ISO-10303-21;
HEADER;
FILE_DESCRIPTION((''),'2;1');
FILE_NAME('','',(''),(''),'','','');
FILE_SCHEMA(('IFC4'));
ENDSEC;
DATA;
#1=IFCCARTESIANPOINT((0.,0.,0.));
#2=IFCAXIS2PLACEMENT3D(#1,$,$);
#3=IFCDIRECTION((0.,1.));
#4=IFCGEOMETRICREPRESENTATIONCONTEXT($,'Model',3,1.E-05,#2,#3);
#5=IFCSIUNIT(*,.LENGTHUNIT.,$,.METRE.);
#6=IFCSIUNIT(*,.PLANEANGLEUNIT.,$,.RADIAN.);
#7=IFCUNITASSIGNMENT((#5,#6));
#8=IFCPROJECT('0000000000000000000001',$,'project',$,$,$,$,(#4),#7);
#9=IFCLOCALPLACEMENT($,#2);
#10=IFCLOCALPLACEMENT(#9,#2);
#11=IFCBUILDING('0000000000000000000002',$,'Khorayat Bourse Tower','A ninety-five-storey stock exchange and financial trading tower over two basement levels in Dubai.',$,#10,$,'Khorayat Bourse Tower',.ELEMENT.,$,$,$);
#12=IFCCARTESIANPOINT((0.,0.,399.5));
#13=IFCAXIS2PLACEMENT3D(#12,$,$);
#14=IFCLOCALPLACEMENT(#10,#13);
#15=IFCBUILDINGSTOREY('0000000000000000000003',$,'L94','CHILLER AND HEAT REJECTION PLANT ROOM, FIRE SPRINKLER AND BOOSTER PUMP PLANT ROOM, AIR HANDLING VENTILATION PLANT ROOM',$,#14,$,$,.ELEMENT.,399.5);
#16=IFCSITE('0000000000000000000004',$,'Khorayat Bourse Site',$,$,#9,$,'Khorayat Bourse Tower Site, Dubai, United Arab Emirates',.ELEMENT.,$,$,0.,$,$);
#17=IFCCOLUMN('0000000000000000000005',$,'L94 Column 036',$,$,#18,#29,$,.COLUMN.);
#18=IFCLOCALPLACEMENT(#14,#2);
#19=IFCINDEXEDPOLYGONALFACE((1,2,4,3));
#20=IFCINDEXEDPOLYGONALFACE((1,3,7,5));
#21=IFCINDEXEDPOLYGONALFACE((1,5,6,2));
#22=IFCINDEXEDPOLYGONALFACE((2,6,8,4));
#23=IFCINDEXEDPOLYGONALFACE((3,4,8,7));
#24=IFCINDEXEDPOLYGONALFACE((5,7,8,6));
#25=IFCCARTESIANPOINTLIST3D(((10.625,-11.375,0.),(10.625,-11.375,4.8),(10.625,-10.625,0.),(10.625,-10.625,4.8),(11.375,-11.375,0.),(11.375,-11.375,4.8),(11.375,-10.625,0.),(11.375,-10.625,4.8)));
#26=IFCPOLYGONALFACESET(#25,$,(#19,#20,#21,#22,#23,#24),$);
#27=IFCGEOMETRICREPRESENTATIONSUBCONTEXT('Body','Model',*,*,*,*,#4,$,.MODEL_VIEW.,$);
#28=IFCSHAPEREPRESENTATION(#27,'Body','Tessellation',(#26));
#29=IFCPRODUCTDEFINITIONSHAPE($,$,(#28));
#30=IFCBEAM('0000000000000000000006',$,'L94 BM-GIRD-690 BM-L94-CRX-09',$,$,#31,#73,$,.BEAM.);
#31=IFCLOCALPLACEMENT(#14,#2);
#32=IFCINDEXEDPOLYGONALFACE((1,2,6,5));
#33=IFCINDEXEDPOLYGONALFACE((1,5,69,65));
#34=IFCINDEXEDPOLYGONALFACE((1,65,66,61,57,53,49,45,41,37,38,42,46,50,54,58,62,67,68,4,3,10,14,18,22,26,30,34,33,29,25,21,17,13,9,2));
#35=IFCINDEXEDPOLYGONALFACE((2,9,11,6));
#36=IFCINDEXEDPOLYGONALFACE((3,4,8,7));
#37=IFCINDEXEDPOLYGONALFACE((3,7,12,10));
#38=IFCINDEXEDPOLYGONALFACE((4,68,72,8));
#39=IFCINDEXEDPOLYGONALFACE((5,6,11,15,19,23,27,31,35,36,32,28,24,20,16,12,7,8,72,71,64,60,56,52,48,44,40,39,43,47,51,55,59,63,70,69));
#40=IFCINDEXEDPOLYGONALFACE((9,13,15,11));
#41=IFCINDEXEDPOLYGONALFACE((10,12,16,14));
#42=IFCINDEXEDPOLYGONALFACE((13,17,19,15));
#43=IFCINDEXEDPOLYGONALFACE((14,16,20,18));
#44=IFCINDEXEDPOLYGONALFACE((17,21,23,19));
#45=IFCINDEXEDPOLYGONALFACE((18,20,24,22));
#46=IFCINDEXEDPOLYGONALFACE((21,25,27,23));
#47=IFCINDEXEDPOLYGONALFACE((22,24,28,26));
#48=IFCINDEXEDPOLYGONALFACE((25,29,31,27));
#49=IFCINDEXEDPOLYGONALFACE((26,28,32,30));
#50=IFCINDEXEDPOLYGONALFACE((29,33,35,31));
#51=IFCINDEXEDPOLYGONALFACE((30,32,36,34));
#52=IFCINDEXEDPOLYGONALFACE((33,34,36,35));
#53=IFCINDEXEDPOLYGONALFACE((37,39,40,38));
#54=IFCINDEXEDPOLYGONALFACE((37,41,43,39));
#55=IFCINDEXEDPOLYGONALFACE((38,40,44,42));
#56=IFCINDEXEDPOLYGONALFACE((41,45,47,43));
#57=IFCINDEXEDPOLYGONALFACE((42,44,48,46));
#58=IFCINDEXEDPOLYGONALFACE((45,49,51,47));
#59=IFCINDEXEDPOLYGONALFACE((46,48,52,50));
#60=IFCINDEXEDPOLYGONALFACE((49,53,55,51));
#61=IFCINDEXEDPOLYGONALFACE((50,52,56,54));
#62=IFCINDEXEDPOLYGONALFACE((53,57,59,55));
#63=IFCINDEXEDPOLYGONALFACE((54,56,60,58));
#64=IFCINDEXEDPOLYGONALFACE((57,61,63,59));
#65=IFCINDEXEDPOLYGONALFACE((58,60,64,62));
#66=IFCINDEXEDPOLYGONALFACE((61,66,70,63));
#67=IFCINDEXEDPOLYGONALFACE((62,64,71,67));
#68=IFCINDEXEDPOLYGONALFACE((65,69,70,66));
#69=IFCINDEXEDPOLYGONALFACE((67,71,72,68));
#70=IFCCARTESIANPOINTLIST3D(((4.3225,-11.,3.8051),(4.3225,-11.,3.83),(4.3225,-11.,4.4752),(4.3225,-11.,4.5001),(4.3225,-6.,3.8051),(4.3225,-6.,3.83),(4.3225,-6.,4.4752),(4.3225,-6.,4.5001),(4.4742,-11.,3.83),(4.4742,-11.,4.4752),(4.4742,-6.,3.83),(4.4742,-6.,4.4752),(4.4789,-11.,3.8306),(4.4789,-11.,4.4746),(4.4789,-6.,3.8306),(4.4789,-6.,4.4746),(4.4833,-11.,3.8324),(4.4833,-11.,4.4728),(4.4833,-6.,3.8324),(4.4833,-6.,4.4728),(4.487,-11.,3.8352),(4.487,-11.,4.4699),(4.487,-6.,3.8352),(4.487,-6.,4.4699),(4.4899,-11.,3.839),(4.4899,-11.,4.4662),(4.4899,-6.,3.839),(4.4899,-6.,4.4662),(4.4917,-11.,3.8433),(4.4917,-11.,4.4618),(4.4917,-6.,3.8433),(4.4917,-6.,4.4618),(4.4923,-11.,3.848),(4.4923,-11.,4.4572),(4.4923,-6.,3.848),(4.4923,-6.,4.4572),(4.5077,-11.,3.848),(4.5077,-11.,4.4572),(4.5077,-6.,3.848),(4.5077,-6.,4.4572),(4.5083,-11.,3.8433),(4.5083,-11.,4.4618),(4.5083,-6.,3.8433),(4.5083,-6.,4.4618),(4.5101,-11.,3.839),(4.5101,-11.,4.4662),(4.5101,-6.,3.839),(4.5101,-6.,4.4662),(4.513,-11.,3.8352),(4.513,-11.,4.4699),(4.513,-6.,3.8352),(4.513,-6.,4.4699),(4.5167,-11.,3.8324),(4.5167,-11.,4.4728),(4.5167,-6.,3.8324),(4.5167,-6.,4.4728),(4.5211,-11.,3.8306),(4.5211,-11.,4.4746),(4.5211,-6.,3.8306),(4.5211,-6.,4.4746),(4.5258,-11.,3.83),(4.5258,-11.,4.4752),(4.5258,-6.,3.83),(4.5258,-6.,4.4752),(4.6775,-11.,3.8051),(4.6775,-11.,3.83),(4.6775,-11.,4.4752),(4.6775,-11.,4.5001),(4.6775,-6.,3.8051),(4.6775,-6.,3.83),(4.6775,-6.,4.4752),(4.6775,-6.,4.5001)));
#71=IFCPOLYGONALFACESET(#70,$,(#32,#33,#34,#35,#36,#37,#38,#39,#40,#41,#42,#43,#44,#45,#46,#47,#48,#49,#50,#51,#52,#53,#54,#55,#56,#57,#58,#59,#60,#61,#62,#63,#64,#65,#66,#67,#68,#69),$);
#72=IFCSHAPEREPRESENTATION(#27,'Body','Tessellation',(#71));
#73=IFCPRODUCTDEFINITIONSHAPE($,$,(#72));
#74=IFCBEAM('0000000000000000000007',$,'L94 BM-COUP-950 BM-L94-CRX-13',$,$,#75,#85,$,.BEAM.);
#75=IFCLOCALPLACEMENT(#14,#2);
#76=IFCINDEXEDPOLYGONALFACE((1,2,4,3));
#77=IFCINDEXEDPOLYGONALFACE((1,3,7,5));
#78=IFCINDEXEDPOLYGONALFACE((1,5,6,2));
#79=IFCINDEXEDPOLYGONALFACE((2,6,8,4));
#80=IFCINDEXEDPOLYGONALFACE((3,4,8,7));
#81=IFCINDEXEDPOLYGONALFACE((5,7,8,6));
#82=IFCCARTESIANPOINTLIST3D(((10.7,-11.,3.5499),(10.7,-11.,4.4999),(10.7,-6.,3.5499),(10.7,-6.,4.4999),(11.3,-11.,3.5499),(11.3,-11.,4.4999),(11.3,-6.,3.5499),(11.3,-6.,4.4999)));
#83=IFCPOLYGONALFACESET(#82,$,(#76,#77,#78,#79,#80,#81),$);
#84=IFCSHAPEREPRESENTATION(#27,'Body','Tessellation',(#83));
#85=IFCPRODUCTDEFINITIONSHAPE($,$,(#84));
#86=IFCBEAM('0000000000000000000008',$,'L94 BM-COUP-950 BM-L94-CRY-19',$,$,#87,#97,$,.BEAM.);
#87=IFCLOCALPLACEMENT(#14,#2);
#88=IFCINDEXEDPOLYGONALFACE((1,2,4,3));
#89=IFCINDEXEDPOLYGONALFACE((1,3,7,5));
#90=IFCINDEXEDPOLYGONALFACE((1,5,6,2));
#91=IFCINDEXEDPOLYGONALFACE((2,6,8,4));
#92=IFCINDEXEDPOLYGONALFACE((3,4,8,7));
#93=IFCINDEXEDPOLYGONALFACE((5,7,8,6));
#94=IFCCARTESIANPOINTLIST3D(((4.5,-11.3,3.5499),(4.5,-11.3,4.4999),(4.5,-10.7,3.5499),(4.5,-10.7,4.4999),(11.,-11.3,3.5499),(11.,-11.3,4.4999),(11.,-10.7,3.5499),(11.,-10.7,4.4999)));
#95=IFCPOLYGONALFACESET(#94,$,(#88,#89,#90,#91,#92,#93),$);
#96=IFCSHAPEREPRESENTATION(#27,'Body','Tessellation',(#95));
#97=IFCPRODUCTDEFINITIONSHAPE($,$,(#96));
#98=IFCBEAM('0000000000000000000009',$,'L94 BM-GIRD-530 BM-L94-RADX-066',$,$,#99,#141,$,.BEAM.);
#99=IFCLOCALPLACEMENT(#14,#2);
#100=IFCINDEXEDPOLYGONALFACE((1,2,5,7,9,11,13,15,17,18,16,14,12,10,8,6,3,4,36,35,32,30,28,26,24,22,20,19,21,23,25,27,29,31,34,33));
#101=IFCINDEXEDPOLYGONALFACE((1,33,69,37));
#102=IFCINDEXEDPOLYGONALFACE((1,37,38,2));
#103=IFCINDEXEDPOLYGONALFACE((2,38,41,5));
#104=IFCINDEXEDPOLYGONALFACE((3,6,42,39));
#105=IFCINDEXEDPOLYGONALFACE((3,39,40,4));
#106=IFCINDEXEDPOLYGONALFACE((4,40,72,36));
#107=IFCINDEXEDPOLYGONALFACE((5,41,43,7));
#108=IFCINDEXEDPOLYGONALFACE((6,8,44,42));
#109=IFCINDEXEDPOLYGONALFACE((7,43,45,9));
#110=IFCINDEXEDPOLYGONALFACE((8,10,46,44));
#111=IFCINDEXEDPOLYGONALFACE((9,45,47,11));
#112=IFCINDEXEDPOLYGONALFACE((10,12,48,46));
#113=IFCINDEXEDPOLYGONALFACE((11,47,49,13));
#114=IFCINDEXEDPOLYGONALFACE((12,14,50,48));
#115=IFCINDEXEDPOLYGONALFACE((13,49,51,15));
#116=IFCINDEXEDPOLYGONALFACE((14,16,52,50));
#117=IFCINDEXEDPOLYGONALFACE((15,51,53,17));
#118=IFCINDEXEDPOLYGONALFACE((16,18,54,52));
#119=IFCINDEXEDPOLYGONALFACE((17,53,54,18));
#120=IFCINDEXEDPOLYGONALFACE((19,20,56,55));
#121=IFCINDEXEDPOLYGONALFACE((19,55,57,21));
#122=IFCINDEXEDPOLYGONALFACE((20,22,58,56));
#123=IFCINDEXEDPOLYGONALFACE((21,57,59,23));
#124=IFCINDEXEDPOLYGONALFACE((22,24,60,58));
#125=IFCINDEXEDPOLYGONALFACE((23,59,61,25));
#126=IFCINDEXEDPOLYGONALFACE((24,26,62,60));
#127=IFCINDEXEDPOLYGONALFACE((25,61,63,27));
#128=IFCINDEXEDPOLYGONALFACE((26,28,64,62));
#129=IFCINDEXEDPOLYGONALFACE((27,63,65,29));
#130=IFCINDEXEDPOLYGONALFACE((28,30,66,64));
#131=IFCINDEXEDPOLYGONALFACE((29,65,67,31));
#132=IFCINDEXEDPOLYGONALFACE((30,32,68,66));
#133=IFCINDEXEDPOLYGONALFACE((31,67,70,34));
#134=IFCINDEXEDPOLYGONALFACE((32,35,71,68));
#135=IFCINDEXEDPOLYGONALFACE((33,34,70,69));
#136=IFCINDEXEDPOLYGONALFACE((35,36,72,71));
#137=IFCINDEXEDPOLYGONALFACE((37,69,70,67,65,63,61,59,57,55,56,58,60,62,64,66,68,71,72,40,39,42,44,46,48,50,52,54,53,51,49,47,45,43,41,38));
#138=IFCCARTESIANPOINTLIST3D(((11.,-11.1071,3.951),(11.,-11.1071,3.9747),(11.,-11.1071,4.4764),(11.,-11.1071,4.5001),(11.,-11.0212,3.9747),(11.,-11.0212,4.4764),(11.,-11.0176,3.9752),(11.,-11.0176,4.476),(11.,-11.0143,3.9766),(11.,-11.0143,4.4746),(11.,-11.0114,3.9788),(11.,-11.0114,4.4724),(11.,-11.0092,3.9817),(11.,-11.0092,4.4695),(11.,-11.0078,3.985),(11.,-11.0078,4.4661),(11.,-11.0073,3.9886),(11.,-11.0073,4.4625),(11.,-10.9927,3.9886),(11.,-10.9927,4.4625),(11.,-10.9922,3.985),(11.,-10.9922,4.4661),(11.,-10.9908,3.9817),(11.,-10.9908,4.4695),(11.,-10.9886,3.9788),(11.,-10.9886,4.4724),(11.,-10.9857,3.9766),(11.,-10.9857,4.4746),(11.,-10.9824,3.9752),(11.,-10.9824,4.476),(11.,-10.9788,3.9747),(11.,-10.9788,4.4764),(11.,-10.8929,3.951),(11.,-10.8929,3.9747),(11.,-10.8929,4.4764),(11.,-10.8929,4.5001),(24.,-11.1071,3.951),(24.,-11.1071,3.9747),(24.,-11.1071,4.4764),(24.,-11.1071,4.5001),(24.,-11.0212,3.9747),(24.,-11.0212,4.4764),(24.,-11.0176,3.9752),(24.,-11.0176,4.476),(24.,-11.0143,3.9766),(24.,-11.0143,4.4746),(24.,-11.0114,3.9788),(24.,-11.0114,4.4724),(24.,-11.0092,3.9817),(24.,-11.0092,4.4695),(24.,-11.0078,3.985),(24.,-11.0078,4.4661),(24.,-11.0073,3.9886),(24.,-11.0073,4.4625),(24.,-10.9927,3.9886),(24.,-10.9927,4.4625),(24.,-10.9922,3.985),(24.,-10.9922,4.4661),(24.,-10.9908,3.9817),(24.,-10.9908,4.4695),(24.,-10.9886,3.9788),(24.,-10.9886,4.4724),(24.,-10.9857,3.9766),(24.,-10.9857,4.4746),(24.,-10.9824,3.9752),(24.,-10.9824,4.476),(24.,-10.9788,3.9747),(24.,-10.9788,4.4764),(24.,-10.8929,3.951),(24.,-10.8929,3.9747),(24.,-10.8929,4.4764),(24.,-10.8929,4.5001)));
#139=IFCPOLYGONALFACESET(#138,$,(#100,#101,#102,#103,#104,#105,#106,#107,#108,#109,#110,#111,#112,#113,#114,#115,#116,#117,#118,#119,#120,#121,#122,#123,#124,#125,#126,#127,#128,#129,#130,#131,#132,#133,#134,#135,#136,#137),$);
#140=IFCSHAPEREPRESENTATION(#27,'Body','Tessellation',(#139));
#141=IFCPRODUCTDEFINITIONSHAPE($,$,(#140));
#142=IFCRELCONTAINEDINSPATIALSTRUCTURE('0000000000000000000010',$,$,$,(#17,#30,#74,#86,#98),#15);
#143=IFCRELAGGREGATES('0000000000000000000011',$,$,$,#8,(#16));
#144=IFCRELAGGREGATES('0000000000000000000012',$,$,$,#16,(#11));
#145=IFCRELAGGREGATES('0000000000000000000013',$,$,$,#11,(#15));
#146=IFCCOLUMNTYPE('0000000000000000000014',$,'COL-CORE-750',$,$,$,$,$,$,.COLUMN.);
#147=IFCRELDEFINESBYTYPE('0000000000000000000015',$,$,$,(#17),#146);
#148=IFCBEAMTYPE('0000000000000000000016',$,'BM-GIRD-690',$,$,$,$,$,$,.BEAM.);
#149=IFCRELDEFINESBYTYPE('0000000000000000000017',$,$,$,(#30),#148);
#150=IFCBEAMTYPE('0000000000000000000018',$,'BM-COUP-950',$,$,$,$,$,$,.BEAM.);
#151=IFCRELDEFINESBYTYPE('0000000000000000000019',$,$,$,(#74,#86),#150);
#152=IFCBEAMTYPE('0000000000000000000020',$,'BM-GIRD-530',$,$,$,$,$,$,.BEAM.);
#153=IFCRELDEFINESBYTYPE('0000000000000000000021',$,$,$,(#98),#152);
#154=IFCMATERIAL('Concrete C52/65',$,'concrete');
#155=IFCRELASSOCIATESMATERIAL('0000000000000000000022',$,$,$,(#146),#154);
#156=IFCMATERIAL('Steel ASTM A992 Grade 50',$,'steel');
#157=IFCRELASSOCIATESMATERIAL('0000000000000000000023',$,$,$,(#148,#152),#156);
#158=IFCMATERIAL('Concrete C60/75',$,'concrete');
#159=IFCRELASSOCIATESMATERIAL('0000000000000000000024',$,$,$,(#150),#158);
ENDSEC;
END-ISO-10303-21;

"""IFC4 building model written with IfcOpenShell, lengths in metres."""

from ifc_helpers import new_model, si_unit, direction, frame, origin, origin_2d, place, context, subcontext, project, spatial, rectangle, i_section, extrude, source, transform, mapped, material, material_profile, profile_set, type_object, element, save


model = new_model("IFC4")

# Units and contexts
model_context = context("Model", 3, precision=1e-05, world=origin(), true_north=direction((0.0, 1.0)))
body_context = subcontext(model_context, "Body", "Model", "MODEL_VIEW")
ifc_project = project(units=[si_unit("LENGTHUNIT", "METRE"), si_unit("PLANEANGLEUNIT", "RADIAN")], contexts=[model_context])

# Site, building, storey
site_placement = place(None, origin())
site = spatial("IfcSite", under=ifc_project, at=site_placement, Name="Khorayat Bourse Site", LongName="Khorayat Bourse Tower Site, Dubai, United Arab Emirates", CompositionType="ELEMENT", RefElevation=0.0)
building_placement = place(site_placement, origin())
building = spatial("IfcBuilding", under=site, at=building_placement, Name="Khorayat Bourse Tower", Description="A ninety-five-storey stock exchange and financial trading tower over two basement levels in Dubai.", LongName="Khorayat Bourse Tower", CompositionType="ELEMENT")
storey_placement = place(building_placement, frame((0.0, 0.0, 399.5)))
storey = spatial("IfcBuildingStorey", under=building, at=storey_placement, Name="L94", Description="CHILLER AND HEAT REJECTION PLANT ROOM, FIRE SPRINKLER AND BOOSTER PUMP PLANT ROOM, AIR HANDLING VENTILATION PLANT ROOM", CompositionType="ELEMENT", Elevation=399.5)

# Column
ifc_material_1 = material(Name="Concrete C52/65", Category="concrete")
ifc_material_profile_1 = material_profile(ifc_material_1, rectangle(XDim=0.75, YDim=0.75, at=origin_2d()), Name="RC 750x750")
ifc_profile_set_1 = profile_set([ifc_material_profile_1], Name="Concrete C52/65")
column_type = type_object("IfcColumnType", Name="COL-CORE-750", PredefinedType="COLUMN", material=ifc_profile_set_1)
shared_shape_1 = source(origin(), body_context, "Body", "SweptSolid", [
    extrude(rectangle(XDim=0.75, YDim=0.75, at=origin_2d()), origin(), (0.0, 0.0, 1.0), 4.8),
])
column_placement = place(storey_placement, frame((11.0, -11.0, 0.0), z_axis=(0.0, 0.0, 1.0), x_axis=(1.0, 0.0, 0.0)))
element("IfcColumn", 1, at=column_placement, inside=storey, type_object=column_type, Name="L94 Column 036", PredefinedType="COLUMN", context=body_context, shape_type="MappedRepresentation", body=[
    mapped(shared_shape_1, transform((0.0, 0.0, 0.0), scale=1.0)),
])

# Beams
ifc_material_2 = material(Name="Steel ASTM A992 Grade 50", Category="steel")
ifc_material_profile_2 = material_profile(ifc_material_2, i_section(OverallWidth=0.355, OverallDepth=0.6951, WebThickness=0.0154, FlangeThickness=0.0249, FilletRadius=0.0181, at=origin_2d()), Name="W690X217")
ifc_profile_set_2 = profile_set([ifc_material_profile_2], Name="Steel ASTM A992 Grade 50")
beam_type_1 = type_object("IfcBeamType", Name="BM-GIRD-690", PredefinedType="BEAM", material=ifc_profile_set_2)
shared_shape_2 = source(origin(), body_context, "Body", "SweptSolid", [
    extrude(i_section(OverallWidth=0.355, OverallDepth=0.6951, WebThickness=0.0154, FlangeThickness=0.0249, FilletRadius=0.0181, at=origin_2d()), origin(), (0.0, 0.0, 1.0), 5.0),
])
beam_1_placement = place(storey_placement, frame((4.5, -11.0, 4.1526), z_axis=(0.0, 1.0, 0.0), x_axis=(-1.0, 0.0, 0.0)))
element("IfcBeam", 2, at=beam_1_placement, inside=storey, type_object=beam_type_1, Name="L94 BM-GIRD-690 BM-L94-CRX-09", PredefinedType="BEAM", context=body_context, shape_type="MappedRepresentation", body=[
    mapped(shared_shape_2, transform((0.0, 0.0, 0.0), scale=1.0)),
])
ifc_material_3 = material(Name="Concrete C60/75", Category="concrete")
ifc_material_profile_3 = material_profile(ifc_material_3, rectangle(XDim=0.6001, YDim=0.95, at=origin_2d()), Name="RC 600x950")
ifc_profile_set_3 = profile_set([ifc_material_profile_3], Name="Concrete C60/75")
beam_type_2 = type_object("IfcBeamType", Name="BM-COUP-950", PredefinedType="BEAM", material=ifc_profile_set_3)
shared_shape_3 = source(origin(), body_context, "Body", "SweptSolid", [
    extrude(rectangle(XDim=0.6001, YDim=0.95, at=origin_2d()), origin(), (0.0, 0.0, 1.0), 5.0),
])
beam_2_placement = place(storey_placement, frame((11.0, -11.0, 4.0249), z_axis=(0.0, 1.0, 0.0), x_axis=(-1.0, 0.0, 0.0)))
element("IfcBeam", 3, at=beam_2_placement, inside=storey, type_object=beam_type_2, Name="L94 BM-COUP-950 BM-L94-CRX-13", PredefinedType="BEAM", context=body_context, shape_type="MappedRepresentation", body=[
    mapped(shared_shape_3, transform((0.0, 0.0, 0.0), scale=1.0)),
])
shared_shape_4 = source(origin(), body_context, "Body", "SweptSolid", [
    extrude(rectangle(XDim=0.6001, YDim=0.95, at=origin_2d()), origin(), (0.0, 0.0, 1.0), 6.5),
])
beam_3_placement = place(storey_placement, frame((4.5, -11.0, 4.0249), z_axis=(1.0, 0.0, 0.0), x_axis=(0.0, 1.0, 0.0)))
element("IfcBeam", 4, at=beam_3_placement, inside=storey, type_object=beam_type_2, Name="L94 BM-COUP-950 BM-L94-CRY-19", PredefinedType="BEAM", context=body_context, shape_type="MappedRepresentation", body=[
    mapped(shared_shape_4, transform((0.0, 0.0, 0.0), scale=1.0)),
])
ifc_material_profile_4 = material_profile(ifc_material_2, i_section(OverallWidth=0.2141, OverallDepth=0.5491, WebThickness=0.0146, FlangeThickness=0.0237, FilletRadius=0.0139, at=origin_2d()), Name="W530X138")
ifc_profile_set_4 = profile_set([ifc_material_profile_4], Name="Steel ASTM A992 Grade 50")
beam_type_3 = type_object("IfcBeamType", Name="BM-GIRD-530", PredefinedType="BEAM", material=ifc_profile_set_4)
shared_shape_5 = source(origin(), body_context, "Body", "SweptSolid", [
    extrude(i_section(OverallWidth=0.2141, OverallDepth=0.5491, WebThickness=0.0146, FlangeThickness=0.0237, FilletRadius=0.0139, at=origin_2d()), origin(), (0.0, 0.0, 1.0), 13.0),
])
beam_4_placement = place(storey_placement, frame((11.0, -11.0, 4.2256), z_axis=(1.0, 0.0, 0.0), x_axis=(0.0, 1.0, 0.0)))
element("IfcBeam", 5, at=beam_4_placement, inside=storey, type_object=beam_type_3, Name="L94 BM-GIRD-530 BM-L94-RADX-066", PredefinedType="BEAM", context=body_context, shape_type="MappedRepresentation", body=[
    mapped(shared_shape_5, transform((0.0, 0.0, 0.0), scale=1.0)),
])

save(model, "model.ifc")
